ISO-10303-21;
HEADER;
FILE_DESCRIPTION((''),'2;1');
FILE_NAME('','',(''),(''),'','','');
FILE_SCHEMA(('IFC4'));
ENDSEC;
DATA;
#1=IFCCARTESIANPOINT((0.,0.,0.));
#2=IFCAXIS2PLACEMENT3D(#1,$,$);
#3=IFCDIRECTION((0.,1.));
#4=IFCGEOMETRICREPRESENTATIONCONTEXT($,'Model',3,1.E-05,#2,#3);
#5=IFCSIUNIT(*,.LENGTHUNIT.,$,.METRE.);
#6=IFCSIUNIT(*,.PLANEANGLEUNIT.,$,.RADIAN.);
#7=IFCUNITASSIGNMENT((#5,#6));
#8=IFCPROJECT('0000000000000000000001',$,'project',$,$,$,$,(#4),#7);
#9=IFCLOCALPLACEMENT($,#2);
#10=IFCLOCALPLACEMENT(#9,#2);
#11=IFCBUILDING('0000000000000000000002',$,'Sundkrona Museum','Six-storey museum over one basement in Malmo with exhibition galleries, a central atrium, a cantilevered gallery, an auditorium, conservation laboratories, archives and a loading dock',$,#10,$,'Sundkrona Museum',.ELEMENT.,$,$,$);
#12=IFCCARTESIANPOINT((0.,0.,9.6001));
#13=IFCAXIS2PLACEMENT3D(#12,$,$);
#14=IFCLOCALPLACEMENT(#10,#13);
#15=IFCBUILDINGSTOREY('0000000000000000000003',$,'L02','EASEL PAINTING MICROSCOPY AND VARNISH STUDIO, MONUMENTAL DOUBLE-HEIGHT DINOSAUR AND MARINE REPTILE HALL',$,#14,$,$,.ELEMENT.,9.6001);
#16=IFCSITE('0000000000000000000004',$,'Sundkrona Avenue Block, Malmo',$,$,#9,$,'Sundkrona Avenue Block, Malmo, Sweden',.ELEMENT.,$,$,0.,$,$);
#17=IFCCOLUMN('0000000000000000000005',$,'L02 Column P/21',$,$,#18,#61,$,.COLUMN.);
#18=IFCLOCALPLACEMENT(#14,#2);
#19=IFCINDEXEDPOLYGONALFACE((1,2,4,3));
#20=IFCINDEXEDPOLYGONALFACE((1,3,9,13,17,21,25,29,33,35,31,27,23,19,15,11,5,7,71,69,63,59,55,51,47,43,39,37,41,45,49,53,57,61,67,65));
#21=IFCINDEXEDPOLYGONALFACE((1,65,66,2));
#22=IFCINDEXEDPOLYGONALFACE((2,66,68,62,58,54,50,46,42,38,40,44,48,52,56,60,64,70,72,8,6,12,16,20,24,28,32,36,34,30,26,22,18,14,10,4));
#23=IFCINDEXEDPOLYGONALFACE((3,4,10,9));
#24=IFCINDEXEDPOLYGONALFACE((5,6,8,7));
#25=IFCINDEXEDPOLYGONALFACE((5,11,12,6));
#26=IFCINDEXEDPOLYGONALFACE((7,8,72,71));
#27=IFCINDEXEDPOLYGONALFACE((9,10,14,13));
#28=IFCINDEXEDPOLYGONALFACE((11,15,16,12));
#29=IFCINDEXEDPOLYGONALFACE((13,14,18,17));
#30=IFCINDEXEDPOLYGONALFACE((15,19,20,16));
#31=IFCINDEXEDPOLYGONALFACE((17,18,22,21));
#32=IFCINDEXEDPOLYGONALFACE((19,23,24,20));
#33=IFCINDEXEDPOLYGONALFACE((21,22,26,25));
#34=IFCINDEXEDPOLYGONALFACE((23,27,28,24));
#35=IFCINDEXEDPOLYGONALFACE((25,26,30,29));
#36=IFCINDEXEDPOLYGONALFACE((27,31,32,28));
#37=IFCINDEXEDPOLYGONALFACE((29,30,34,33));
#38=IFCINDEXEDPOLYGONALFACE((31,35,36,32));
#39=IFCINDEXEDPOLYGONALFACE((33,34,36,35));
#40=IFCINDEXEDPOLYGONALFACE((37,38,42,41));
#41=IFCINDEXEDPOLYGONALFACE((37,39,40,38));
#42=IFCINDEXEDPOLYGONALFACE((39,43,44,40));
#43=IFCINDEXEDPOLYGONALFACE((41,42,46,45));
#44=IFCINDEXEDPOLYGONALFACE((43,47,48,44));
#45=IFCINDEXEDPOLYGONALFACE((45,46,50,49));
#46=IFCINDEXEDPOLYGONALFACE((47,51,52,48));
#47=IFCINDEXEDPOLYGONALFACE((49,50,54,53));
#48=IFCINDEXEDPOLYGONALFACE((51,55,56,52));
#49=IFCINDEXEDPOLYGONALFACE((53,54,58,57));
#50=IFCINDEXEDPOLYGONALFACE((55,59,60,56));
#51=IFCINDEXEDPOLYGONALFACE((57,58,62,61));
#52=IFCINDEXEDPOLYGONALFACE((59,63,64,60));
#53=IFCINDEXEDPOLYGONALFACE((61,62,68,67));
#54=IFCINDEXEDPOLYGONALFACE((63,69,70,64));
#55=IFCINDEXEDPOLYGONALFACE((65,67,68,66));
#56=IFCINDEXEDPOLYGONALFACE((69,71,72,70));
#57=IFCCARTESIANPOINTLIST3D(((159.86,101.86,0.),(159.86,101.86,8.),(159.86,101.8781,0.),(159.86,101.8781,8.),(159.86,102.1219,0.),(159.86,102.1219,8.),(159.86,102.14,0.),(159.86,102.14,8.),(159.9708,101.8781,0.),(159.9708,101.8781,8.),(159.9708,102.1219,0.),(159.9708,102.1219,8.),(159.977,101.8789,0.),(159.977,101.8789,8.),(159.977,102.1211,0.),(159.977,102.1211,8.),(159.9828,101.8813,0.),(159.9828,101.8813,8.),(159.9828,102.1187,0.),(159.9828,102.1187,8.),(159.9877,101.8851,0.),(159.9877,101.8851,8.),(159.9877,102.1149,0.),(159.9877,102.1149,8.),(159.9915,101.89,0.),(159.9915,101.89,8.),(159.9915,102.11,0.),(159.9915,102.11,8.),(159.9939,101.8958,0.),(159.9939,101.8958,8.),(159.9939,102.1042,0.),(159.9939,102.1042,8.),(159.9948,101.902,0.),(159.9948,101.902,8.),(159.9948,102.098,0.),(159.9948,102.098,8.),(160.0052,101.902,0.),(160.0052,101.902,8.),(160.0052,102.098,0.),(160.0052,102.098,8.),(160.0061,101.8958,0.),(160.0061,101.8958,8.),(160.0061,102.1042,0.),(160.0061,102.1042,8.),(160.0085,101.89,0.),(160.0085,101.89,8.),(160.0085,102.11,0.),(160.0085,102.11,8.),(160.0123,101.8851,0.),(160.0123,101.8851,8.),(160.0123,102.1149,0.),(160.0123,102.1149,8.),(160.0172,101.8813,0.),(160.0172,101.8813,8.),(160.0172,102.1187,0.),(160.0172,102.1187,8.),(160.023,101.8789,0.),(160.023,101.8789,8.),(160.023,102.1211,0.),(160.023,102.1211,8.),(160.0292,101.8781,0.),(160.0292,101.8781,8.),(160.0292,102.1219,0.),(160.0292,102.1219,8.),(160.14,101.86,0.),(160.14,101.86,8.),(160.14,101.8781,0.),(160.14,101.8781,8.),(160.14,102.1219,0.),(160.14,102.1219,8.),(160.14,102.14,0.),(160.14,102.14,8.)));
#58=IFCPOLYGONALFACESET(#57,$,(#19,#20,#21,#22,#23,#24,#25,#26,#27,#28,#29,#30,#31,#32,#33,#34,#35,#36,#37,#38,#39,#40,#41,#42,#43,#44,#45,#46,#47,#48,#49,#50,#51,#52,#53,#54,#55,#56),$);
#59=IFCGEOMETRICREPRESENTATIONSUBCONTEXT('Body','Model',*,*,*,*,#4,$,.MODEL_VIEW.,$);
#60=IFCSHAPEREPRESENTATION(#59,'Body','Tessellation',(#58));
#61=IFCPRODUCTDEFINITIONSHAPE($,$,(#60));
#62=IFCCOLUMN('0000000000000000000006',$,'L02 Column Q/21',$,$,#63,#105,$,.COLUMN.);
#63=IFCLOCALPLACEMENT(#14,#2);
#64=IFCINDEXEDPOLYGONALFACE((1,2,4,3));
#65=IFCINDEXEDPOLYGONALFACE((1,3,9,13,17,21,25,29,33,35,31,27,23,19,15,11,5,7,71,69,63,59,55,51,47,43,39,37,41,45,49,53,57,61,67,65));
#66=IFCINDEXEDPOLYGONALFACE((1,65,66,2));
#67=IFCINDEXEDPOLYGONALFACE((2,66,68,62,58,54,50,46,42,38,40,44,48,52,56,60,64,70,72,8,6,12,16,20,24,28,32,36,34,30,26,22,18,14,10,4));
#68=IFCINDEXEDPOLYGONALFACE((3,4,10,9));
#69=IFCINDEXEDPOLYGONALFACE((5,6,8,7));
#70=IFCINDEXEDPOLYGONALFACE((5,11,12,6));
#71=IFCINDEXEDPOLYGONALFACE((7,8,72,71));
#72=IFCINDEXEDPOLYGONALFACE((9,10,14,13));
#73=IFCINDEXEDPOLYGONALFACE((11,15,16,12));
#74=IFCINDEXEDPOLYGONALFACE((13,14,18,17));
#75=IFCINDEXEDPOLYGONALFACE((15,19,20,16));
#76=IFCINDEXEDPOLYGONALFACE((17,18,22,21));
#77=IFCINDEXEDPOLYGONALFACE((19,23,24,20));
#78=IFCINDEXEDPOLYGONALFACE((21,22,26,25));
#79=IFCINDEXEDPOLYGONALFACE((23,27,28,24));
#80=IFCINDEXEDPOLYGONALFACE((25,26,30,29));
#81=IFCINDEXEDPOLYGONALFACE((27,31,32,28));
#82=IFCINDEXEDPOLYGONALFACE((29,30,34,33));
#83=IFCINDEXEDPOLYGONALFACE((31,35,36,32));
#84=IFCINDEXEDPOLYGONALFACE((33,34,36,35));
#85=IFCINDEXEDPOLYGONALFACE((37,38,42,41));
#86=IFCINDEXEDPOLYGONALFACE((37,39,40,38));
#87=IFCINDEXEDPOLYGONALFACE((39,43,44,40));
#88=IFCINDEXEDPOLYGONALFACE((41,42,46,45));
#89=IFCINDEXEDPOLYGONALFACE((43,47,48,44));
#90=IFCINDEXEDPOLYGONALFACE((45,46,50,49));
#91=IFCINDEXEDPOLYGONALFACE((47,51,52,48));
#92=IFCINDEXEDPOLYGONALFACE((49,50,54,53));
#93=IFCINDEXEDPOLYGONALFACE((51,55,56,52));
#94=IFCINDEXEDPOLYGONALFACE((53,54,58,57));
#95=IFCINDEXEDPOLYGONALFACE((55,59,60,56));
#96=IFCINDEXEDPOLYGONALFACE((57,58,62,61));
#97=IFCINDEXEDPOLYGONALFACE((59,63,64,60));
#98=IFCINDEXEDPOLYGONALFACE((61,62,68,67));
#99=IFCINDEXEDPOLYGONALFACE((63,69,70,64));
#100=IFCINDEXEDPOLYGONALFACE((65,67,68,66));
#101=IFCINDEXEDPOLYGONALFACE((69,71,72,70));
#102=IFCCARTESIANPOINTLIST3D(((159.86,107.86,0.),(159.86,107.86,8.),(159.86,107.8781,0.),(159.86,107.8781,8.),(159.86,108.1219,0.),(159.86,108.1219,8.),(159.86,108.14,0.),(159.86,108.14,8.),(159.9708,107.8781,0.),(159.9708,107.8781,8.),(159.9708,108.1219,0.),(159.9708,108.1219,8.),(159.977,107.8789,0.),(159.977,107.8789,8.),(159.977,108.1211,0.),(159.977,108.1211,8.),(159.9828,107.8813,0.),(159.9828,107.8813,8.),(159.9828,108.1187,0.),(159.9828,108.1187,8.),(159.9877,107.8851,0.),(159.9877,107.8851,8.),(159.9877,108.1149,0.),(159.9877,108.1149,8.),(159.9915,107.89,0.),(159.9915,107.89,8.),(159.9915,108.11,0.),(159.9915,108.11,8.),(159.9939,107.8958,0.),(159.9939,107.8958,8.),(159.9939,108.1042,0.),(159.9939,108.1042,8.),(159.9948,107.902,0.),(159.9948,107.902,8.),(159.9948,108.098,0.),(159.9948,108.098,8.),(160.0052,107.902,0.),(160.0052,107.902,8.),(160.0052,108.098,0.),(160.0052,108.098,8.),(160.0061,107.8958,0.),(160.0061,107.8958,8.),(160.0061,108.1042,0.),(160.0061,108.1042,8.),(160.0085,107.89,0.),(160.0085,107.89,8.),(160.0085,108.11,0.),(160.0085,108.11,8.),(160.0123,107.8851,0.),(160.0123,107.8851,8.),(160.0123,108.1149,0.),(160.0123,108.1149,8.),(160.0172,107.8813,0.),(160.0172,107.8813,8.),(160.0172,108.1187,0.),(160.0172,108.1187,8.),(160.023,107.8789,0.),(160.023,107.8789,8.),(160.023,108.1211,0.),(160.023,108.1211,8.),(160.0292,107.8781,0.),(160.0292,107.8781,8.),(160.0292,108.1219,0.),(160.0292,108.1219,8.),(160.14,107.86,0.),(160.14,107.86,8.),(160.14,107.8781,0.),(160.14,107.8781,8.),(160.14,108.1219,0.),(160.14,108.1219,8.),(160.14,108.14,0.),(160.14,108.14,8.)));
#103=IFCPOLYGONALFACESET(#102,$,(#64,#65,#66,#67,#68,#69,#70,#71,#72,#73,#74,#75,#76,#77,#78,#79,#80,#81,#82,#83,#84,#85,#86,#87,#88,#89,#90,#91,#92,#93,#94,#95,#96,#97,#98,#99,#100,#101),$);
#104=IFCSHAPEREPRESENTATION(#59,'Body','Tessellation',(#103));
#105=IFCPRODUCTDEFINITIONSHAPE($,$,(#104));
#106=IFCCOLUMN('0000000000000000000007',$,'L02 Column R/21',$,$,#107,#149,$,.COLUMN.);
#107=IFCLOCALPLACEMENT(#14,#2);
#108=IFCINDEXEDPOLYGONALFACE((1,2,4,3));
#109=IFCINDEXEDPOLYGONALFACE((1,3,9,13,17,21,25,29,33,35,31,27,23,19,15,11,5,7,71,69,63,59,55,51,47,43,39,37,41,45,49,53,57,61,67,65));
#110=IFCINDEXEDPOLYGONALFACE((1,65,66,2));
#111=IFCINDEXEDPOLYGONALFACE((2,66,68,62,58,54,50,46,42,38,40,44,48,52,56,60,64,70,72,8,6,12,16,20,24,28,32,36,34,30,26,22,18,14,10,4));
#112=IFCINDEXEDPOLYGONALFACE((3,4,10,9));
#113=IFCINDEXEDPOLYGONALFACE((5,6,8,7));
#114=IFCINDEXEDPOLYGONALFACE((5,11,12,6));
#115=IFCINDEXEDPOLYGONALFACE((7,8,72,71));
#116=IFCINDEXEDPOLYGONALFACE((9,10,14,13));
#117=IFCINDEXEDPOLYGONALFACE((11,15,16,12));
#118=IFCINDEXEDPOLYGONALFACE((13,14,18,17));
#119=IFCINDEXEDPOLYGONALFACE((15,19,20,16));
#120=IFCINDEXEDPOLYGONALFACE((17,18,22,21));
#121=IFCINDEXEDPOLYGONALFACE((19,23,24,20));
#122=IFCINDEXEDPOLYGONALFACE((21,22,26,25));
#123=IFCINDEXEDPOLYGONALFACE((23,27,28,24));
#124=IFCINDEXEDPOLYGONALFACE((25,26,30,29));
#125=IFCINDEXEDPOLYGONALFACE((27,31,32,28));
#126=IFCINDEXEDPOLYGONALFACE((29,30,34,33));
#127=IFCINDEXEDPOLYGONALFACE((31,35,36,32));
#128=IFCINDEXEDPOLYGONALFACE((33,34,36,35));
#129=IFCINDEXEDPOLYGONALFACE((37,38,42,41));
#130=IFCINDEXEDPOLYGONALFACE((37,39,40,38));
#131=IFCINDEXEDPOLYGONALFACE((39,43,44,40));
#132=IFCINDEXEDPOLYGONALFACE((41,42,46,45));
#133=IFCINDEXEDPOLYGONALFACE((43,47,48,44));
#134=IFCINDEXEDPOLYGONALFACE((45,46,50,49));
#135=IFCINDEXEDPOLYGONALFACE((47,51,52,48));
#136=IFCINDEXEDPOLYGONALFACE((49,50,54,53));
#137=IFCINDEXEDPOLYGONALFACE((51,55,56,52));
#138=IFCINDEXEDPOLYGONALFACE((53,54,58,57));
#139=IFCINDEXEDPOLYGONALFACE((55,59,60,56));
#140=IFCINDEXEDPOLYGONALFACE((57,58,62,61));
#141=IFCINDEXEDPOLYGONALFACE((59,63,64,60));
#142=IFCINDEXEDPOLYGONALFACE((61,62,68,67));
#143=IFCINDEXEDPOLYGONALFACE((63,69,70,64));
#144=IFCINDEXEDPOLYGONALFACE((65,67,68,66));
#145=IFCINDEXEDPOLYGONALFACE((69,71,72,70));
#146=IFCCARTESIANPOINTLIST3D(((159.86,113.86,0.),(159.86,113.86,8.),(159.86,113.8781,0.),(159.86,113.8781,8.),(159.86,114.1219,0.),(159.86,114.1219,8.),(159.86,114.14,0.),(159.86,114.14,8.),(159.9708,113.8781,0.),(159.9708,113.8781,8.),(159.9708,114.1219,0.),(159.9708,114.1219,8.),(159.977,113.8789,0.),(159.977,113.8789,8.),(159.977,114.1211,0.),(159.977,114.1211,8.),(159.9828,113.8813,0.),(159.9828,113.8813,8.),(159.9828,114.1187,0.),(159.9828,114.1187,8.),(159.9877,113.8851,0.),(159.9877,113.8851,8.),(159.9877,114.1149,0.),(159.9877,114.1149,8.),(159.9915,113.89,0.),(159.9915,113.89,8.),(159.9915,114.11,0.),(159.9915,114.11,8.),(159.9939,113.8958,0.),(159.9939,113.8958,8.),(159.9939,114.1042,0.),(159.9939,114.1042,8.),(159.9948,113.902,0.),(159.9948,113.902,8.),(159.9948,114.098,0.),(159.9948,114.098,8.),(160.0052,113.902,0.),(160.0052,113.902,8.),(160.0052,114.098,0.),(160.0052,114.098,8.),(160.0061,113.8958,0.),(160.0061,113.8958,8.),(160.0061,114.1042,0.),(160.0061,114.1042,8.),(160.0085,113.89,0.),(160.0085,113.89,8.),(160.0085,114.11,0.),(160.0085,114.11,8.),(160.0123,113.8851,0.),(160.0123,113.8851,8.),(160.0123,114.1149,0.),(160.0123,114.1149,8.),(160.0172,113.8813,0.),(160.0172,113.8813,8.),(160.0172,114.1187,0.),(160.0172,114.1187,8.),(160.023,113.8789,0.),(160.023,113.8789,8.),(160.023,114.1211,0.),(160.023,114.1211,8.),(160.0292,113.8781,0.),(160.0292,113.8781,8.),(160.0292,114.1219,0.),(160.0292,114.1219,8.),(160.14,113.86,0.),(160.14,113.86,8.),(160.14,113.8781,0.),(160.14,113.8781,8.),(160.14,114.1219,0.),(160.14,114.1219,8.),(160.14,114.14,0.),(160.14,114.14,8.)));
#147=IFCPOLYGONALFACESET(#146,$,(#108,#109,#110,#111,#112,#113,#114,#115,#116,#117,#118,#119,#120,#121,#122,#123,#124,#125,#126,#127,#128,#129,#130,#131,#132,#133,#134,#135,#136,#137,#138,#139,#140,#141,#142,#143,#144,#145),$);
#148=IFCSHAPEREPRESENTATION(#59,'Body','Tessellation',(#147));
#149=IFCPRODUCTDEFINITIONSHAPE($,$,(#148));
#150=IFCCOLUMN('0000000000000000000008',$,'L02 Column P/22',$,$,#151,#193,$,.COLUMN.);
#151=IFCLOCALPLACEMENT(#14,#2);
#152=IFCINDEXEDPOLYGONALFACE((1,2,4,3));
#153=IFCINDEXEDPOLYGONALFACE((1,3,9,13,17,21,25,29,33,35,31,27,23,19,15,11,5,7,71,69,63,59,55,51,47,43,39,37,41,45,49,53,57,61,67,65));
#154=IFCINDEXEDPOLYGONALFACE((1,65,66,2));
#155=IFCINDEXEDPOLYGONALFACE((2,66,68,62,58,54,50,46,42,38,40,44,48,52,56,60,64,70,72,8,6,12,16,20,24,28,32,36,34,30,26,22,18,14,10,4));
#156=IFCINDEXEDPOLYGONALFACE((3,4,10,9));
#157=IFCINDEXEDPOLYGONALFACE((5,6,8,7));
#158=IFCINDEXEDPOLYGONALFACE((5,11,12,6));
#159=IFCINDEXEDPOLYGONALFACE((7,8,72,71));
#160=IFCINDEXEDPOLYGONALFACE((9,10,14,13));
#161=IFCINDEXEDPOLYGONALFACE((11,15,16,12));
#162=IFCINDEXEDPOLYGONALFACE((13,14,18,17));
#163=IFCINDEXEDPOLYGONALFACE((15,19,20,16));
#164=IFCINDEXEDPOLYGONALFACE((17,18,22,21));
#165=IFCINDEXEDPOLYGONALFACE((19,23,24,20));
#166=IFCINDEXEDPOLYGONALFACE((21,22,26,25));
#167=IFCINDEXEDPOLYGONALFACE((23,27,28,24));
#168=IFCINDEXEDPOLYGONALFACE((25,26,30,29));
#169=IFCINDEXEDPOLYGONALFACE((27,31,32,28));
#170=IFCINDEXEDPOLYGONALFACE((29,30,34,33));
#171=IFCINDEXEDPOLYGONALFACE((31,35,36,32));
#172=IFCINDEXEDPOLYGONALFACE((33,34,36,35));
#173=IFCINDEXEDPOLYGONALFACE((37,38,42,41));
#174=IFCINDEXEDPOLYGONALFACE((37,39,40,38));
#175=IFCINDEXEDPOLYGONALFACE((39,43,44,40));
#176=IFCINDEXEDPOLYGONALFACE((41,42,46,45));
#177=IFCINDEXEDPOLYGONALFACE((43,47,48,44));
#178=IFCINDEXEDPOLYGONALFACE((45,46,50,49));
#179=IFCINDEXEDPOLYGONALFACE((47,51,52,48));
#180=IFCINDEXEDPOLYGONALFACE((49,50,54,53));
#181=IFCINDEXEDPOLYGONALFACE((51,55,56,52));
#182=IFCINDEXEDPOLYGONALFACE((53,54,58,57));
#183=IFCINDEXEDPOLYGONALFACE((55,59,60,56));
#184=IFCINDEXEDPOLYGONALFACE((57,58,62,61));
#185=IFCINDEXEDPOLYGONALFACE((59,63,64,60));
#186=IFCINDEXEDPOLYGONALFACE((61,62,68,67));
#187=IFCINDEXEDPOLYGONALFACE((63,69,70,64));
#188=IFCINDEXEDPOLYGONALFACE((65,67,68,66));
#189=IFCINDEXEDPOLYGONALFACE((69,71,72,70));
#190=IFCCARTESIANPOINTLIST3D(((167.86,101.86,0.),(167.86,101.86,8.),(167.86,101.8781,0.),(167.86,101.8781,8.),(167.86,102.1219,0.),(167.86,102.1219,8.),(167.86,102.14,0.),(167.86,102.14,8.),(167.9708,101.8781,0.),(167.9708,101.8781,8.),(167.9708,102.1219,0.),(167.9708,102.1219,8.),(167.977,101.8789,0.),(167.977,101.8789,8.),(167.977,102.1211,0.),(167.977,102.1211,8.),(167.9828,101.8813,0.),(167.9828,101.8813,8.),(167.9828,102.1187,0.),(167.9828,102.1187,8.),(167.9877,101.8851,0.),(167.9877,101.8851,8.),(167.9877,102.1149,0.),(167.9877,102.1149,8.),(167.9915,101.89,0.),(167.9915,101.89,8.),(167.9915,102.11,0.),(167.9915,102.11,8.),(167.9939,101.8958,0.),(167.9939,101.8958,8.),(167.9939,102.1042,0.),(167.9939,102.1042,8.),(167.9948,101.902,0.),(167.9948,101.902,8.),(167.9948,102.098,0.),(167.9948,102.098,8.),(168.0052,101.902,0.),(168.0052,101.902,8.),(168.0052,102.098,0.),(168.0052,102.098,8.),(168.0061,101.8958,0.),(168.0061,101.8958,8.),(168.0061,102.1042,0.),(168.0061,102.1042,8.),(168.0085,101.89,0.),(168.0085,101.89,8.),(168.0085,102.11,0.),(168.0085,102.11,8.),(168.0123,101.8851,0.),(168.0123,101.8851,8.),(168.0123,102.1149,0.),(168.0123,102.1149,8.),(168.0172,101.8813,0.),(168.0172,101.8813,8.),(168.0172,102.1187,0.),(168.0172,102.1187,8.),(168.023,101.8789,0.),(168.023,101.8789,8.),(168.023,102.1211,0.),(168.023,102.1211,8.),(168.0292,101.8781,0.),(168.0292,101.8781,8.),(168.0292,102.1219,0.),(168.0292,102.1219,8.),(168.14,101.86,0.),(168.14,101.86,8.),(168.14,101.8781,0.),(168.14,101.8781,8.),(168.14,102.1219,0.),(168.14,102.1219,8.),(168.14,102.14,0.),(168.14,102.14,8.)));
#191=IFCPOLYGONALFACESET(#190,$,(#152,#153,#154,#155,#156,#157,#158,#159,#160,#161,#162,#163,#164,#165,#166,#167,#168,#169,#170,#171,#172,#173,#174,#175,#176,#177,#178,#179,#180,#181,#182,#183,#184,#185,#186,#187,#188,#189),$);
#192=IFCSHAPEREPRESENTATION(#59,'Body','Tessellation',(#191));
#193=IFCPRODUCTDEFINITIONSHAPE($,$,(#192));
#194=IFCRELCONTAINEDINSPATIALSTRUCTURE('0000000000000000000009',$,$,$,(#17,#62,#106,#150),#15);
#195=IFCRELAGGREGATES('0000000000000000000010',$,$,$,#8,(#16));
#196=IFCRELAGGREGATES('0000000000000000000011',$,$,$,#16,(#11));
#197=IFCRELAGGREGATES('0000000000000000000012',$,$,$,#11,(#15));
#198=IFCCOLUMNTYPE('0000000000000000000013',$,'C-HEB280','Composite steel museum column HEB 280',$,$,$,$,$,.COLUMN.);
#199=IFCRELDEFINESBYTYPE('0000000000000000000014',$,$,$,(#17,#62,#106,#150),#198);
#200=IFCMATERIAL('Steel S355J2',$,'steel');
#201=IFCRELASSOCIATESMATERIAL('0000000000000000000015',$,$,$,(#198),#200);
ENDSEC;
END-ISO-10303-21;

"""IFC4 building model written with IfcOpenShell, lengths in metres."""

from ifc_helpers import new_model, si_unit, direction, frame, origin, origin_2d, place, context, subcontext, project, spatial, i_section, extrude, material, material_profile, profile_set, type_object, element, save


model = new_model("IFC4")

# Units and contexts
model_context = context("Model", 3, precision=1e-05, world=origin(), true_north=direction((0.0, 1.0)))
body_context = subcontext(model_context, "Body", "Model", "MODEL_VIEW")
ifc_project = project(units=[si_unit("LENGTHUNIT", "METRE"), si_unit("PLANEANGLEUNIT", "RADIAN")], contexts=[model_context])

# Site, building, storey
site_placement = place(None, origin())
site = spatial("IfcSite", under=ifc_project, at=site_placement, Name="Sundkrona Avenue Block, Malmo", LongName="Sundkrona Avenue Block, Malmo, Sweden", CompositionType="ELEMENT", RefElevation=0.0)
building_placement = place(site_placement, origin())
building = spatial("IfcBuilding", under=site, at=building_placement, Name="Sundkrona Museum", Description="Six-storey museum over one basement in Malmo with exhibition galleries, a central atrium, a cantilevered gallery, an auditorium, conservation laboratories, archives and a loading dock", LongName="Sundkrona Museum", CompositionType="ELEMENT")
storey_placement = place(building_placement, frame((0.0, 0.0, 9.6001)))
storey = spatial("IfcBuildingStorey", under=building, at=storey_placement, Name="L02", Description="EASEL PAINTING MICROSCOPY AND VARNISH STUDIO, MONUMENTAL DOUBLE-HEIGHT DINOSAUR AND MARINE REPTILE HALL", CompositionType="ELEMENT", Elevation=9.6001)

# Columns
ifc_material_1 = material(Name="Steel S355J2", Category="steel")
ifc_material_profile_1 = material_profile(ifc_material_1, i_section(OverallWidth=0.28, OverallDepth=0.28, WebThickness=0.0105, FlangeThickness=0.0181, FilletRadius=0.0239, at=origin_2d()), Name="HEB 280")
ifc_profile_set_1 = profile_set([ifc_material_profile_1], Name="Steel S355J2")
column_type = type_object("IfcColumnType", Name="C-HEB280", Description="Composite steel museum column HEB 280", PredefinedType="COLUMN", material=ifc_profile_set_1)
for number, where, z_axis, x_axis, name in (
    (1, (160.0, 102.0, 0.0), (0.0, 0.0, 1.0), (1.0, 0.0, 0.0), "L02 Column P/21"),
    (2, (160.0, 108.0, 0.0), (0.0, 0.0, 1.0), (1.0, 0.0, 0.0), "L02 Column Q/21"),
    (3, (160.0, 114.0, 0.0), (0.0, 0.0, 1.0), (1.0, 0.0, 0.0), "L02 Column R/21"),
    (4, (168.0, 102.0, 0.0), (0.0, 0.0, 1.0), (1.0, 0.0, 0.0), "L02 Column P/22"),
):
    element("IfcColumn", number, at=place(storey_placement, frame(where, z_axis=z_axis, x_axis=x_axis)), inside=storey, type_object=column_type, Name=name, PredefinedType="COLUMN", context=body_context, shape_type="SweptSolid", body=[
        extrude(i_section(OverallWidth=0.28, OverallDepth=0.28, WebThickness=0.0105, FlangeThickness=0.0181, FilletRadius=0.0239, at=origin_2d()), origin(), (0.0, 0.0, 1.0), 8.0),
    ])

save(model, "model.ifc")
